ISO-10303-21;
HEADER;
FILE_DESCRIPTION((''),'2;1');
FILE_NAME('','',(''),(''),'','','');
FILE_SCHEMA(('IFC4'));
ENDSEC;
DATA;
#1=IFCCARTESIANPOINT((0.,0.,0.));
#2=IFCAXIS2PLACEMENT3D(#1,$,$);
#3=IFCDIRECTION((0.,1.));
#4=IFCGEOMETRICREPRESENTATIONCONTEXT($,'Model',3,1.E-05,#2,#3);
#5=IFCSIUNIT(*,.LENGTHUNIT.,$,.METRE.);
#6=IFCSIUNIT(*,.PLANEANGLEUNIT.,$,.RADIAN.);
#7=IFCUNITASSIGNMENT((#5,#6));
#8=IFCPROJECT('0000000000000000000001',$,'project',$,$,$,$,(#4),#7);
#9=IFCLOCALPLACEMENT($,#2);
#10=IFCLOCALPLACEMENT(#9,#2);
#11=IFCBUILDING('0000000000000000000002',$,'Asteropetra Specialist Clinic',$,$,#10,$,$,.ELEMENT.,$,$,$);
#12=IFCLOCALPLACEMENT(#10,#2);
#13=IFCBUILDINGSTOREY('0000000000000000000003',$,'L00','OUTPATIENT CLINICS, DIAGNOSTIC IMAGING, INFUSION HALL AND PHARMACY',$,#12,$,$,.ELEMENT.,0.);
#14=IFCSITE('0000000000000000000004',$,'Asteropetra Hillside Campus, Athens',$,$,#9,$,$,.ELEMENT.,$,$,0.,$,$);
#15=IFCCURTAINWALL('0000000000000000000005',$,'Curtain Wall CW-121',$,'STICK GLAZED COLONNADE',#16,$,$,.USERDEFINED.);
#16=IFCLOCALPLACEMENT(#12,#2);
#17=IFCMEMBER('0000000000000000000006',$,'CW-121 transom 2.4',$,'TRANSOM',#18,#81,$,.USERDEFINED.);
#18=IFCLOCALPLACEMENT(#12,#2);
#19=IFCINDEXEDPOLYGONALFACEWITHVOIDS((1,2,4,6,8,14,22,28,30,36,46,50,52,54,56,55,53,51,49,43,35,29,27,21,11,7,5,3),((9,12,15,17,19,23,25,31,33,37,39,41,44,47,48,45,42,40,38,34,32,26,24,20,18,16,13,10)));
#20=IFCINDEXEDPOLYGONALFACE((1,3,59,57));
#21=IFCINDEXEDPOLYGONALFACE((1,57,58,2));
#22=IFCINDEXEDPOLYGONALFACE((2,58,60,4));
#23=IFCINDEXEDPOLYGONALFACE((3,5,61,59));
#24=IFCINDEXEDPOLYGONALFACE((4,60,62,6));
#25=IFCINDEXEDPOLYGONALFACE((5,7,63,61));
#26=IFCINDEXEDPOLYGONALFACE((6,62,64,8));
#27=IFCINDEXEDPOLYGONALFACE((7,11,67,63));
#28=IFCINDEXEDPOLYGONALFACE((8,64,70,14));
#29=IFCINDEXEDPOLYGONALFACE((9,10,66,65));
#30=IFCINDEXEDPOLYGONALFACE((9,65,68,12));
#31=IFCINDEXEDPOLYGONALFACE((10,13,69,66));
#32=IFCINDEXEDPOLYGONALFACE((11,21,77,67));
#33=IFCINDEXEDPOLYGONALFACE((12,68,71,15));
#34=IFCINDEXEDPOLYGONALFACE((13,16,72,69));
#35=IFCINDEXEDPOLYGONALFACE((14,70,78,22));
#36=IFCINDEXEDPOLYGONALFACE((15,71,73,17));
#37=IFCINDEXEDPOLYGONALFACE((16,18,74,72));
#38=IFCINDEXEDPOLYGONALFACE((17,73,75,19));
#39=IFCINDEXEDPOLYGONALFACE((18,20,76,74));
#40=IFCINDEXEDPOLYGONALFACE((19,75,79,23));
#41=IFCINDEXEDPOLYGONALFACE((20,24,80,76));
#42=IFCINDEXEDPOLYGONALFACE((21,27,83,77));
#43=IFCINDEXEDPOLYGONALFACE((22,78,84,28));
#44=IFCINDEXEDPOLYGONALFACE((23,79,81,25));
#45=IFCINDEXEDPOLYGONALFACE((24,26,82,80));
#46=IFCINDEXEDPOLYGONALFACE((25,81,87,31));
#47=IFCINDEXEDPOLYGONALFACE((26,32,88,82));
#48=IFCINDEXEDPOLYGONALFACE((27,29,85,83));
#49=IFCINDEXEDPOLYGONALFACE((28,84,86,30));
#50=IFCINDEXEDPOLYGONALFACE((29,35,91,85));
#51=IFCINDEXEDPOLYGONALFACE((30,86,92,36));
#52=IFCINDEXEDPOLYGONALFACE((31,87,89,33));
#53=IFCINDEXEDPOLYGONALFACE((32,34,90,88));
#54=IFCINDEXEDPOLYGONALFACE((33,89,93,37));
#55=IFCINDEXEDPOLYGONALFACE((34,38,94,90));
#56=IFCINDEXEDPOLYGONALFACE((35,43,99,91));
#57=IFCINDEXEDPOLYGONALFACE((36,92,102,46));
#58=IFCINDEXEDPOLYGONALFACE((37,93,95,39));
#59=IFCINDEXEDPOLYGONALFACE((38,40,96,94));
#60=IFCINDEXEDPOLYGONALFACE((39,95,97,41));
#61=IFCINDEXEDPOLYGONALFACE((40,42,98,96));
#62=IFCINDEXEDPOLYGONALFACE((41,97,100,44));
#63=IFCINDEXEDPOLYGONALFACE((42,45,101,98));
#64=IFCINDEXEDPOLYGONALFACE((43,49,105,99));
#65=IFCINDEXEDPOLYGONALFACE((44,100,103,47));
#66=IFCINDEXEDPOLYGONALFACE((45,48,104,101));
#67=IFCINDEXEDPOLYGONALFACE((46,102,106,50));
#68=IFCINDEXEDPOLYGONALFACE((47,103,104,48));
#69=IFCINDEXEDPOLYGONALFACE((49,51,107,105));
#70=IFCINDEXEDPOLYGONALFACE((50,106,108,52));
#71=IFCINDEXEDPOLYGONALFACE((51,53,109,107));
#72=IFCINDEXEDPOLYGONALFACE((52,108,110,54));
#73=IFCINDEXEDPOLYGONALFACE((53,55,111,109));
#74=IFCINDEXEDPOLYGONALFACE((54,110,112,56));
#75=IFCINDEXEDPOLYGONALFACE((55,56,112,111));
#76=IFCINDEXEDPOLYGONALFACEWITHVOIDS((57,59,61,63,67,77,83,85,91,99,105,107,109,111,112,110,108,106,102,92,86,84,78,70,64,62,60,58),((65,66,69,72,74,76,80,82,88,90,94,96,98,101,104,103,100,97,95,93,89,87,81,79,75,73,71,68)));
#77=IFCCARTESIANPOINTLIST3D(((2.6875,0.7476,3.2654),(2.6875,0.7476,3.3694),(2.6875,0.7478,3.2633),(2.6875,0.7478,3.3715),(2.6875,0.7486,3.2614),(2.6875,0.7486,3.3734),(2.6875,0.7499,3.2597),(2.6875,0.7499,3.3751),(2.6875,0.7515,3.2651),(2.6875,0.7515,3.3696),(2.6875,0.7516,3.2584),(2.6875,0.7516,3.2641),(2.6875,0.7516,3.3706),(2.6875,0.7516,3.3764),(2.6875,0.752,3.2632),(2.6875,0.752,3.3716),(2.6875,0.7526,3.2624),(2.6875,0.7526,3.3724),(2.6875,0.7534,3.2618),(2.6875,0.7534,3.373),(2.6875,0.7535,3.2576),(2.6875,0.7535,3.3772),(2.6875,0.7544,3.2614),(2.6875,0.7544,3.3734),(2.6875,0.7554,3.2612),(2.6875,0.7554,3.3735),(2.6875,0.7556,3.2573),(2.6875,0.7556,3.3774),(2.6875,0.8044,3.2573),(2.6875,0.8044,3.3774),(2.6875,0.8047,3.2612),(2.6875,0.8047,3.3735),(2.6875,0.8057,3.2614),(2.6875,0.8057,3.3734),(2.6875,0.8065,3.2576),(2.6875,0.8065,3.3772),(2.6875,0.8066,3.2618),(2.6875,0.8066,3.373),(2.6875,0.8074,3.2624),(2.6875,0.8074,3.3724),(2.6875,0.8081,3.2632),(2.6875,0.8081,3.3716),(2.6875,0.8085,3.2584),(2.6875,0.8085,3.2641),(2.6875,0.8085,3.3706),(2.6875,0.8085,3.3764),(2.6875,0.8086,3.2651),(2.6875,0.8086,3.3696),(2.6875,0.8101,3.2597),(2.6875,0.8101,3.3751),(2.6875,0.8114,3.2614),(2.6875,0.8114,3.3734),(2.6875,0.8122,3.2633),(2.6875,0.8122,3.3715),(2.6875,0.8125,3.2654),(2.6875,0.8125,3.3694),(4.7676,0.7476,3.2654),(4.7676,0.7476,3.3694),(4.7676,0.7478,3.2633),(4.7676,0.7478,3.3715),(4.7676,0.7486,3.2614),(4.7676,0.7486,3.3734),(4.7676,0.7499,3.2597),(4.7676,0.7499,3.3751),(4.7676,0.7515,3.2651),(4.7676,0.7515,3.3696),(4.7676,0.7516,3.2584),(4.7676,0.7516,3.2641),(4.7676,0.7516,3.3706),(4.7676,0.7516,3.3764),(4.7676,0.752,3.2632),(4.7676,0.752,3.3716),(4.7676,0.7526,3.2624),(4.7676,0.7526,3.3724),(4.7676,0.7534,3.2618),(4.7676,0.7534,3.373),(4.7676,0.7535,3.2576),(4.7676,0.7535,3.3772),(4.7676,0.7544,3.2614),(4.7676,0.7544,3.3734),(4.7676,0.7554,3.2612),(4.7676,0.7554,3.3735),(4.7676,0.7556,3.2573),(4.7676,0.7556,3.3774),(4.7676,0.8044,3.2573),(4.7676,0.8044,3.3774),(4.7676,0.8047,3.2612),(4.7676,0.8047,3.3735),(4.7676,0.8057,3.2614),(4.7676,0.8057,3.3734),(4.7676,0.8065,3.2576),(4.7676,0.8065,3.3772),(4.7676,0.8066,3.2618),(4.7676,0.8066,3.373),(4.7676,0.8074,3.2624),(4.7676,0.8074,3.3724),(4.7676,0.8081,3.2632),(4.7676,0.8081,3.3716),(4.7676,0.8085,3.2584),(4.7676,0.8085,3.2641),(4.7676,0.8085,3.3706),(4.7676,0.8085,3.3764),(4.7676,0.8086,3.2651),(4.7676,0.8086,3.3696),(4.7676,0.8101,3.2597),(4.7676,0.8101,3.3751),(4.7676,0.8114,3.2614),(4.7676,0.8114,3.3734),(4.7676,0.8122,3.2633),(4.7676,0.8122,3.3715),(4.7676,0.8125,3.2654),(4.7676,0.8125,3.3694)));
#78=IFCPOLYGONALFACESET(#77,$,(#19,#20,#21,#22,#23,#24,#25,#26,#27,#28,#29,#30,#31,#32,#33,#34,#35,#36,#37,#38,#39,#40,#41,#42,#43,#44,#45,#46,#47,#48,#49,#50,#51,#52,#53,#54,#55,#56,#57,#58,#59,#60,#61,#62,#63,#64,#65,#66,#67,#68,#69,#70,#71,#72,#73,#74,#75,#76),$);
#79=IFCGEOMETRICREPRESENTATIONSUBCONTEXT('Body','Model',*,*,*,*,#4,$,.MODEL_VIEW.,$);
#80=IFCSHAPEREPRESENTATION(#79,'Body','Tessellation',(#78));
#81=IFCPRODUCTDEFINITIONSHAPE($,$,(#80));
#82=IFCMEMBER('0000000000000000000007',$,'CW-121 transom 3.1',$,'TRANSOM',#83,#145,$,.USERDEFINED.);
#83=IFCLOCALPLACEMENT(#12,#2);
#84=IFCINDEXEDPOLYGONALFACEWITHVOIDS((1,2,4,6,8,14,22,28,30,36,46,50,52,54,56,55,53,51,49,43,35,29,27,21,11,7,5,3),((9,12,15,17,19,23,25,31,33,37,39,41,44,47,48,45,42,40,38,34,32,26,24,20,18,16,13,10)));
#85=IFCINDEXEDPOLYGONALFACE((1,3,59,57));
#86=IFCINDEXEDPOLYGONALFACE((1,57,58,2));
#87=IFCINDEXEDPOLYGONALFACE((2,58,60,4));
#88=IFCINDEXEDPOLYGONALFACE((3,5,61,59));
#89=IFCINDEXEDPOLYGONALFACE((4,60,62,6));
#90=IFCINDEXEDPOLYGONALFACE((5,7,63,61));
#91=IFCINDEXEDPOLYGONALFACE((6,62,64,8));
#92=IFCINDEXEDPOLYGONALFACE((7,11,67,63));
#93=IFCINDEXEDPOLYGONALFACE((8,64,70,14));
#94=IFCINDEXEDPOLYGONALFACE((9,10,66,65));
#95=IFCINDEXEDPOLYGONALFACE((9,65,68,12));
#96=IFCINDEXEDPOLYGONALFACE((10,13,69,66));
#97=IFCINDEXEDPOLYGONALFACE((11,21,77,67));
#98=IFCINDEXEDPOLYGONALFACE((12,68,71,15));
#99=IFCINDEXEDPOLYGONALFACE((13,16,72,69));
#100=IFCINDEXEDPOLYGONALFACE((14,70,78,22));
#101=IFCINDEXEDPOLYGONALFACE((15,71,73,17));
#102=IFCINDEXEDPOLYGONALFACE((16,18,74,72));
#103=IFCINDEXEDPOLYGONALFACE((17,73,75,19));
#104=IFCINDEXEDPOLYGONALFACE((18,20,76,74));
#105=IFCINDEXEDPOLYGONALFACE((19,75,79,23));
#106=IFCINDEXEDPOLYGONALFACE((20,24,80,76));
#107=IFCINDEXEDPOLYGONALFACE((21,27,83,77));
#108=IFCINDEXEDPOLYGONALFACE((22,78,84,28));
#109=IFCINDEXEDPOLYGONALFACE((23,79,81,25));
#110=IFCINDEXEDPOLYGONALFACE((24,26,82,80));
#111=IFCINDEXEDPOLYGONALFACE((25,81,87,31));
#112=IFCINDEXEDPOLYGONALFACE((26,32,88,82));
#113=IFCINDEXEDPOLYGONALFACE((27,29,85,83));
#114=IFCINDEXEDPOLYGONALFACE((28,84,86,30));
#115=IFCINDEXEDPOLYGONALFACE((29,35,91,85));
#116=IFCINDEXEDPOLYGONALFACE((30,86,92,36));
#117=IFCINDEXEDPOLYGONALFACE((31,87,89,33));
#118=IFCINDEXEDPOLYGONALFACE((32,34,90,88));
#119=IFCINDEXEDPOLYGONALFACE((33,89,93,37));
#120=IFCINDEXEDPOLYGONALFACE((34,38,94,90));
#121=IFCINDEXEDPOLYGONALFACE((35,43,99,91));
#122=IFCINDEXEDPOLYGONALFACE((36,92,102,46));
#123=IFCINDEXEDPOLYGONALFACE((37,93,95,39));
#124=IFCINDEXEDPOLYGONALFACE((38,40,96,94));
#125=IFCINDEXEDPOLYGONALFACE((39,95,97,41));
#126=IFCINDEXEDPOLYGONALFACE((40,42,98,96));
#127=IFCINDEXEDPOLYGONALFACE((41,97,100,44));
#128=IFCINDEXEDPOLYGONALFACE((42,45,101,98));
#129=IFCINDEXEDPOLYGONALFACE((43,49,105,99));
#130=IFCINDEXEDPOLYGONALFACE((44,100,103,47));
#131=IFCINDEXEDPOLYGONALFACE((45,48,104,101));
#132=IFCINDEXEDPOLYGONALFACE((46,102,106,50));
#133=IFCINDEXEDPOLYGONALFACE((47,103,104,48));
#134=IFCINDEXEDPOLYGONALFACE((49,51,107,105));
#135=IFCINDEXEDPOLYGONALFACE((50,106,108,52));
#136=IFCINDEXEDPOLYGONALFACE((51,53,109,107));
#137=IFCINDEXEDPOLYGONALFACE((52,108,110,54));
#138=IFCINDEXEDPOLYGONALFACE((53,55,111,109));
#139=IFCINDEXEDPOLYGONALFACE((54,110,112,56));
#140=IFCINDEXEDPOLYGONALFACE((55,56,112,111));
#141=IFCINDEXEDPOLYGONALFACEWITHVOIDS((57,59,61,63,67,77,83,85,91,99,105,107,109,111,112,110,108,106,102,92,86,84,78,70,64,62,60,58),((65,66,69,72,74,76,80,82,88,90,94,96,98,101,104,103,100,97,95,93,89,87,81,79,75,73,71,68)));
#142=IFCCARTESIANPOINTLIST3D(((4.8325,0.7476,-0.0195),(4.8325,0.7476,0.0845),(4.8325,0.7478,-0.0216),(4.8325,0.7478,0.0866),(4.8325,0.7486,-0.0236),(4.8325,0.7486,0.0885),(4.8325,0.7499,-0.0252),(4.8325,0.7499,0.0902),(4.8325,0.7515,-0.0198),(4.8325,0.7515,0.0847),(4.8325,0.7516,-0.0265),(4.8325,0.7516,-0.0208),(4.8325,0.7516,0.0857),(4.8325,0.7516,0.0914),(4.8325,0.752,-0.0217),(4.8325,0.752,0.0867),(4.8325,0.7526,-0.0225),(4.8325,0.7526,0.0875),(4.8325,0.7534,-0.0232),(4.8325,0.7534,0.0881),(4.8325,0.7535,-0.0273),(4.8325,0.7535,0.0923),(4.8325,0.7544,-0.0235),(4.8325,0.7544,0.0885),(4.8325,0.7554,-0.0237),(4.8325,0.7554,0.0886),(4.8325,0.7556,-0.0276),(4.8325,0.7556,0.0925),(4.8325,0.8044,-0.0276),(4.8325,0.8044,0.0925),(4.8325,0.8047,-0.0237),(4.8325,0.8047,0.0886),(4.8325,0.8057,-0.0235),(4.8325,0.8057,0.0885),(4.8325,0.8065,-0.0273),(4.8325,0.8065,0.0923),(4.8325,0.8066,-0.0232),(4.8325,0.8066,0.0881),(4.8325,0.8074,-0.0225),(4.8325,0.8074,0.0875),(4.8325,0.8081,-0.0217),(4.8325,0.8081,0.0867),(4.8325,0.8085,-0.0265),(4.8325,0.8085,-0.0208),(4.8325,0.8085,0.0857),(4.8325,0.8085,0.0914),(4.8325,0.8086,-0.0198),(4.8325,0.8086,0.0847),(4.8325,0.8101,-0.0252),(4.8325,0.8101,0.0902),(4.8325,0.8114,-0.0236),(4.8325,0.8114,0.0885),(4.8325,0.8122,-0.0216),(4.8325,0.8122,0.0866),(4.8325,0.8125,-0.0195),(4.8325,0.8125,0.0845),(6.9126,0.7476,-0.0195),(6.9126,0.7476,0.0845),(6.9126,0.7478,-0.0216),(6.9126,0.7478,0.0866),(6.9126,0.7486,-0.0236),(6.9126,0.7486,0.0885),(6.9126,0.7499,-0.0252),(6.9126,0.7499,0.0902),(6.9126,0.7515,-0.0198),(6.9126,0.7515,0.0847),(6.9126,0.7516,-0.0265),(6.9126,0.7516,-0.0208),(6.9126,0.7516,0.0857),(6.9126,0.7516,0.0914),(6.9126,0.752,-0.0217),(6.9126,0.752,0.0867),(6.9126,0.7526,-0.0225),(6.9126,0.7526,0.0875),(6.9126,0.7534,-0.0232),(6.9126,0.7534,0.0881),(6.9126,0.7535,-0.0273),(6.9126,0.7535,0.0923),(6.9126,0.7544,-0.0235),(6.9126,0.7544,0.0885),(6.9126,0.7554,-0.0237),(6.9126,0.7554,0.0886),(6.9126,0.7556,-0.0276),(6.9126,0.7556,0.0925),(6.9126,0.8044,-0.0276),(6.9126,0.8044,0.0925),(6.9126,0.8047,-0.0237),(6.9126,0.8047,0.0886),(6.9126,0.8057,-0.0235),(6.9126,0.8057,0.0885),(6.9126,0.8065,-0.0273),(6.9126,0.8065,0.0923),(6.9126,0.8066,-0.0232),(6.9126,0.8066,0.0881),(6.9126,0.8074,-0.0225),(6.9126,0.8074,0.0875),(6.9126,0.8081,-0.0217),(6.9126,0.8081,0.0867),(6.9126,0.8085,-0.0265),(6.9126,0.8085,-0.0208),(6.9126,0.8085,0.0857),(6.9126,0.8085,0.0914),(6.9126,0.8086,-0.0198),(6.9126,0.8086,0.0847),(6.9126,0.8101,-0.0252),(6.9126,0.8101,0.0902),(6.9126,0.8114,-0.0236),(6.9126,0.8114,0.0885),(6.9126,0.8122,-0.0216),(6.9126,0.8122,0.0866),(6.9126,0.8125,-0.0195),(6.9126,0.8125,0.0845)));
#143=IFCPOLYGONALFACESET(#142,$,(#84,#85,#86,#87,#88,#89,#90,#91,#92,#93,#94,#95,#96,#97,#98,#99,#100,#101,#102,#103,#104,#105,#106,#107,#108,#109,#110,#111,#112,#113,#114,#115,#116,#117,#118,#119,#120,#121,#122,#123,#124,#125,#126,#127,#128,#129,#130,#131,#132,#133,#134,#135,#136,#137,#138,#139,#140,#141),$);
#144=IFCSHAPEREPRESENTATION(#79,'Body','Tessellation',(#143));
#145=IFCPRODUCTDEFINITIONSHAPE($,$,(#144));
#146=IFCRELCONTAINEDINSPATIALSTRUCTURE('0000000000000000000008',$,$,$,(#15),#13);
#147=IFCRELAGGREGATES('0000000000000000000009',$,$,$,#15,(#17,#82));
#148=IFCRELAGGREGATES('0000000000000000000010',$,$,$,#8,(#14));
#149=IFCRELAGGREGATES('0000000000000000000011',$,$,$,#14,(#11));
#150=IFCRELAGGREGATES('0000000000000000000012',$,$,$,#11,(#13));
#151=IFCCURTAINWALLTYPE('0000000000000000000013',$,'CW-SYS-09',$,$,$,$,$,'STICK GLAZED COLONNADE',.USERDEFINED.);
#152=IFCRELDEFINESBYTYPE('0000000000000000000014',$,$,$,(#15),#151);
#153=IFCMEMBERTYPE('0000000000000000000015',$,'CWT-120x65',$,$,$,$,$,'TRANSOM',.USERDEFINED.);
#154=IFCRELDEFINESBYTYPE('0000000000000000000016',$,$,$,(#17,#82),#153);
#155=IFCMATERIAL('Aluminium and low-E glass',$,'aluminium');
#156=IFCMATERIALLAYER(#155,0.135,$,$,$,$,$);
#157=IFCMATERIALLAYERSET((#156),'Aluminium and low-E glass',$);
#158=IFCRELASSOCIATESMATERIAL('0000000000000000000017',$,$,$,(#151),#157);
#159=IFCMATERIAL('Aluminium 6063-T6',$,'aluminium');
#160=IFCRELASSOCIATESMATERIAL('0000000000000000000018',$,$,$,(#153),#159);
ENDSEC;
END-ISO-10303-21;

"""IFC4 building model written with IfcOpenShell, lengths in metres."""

from ifc_helpers import new_model, si_unit, direction, frame, origin, origin_2d, place, context, subcontext, project, spatial, hollow_rectangle, extrude, material, layer, layer_set, material_profile, profile_set, type_object, element, aggregate, save


model = new_model("IFC4")

# Units and contexts
model_context = context("Model", 3, precision=1e-05, world=origin(), true_north=direction((0.0, 1.0)))
body_context = subcontext(model_context, "Body", "Model", "MODEL_VIEW")
ifc_project = project(units=[si_unit("LENGTHUNIT", "METRE"), si_unit("PLANEANGLEUNIT", "RADIAN")], contexts=[model_context])

# Site, building, storey
site_placement = place(None, origin())
site = spatial("IfcSite", under=ifc_project, at=site_placement, Name="Asteropetra Hillside Campus, Athens", CompositionType="ELEMENT", RefElevation=0.0)
building_placement = place(site_placement, origin())
building = spatial("IfcBuilding", under=site, at=building_placement, Name="Asteropetra Specialist Clinic", CompositionType="ELEMENT")
storey_placement = place(building_placement, origin())
storey = spatial("IfcBuildingStorey", under=building, at=storey_placement, Name="L00", Description="OUTPATIENT CLINICS, DIAGNOSTIC IMAGING, INFUSION HALL AND PHARMACY", CompositionType="ELEMENT", Elevation=0.0)

# Curtain wall
ifc_material_1 = material(Name="Aluminium and low-E glass", Category="aluminium")
ifc_layer_1 = layer(ifc_material_1, 0.135)
ifc_layer_set_1 = layer_set([ifc_layer_1], Name="Aluminium and low-E glass")
curtain_wall_type_1 = type_object("IfcCurtainWallType", Name="CW-SYS-09", ElementType="STICK GLAZED COLONNADE", PredefinedType="USERDEFINED", material=ifc_layer_set_1)
curtain_wall_1_placement = place(storey_placement, origin())
curtain_wall_1 = element("IfcCurtainWall", 1, at=curtain_wall_1_placement, inside=storey, type_object=curtain_wall_type_1, Name="Curtain Wall CW-121", ObjectType="STICK GLAZED COLONNADE", PredefinedType="USERDEFINED")

# Members
ifc_material_2 = material(Name="Aluminium 6063-T6", Category="aluminium")
ifc_material_profile_1 = material_profile(ifc_material_2, hollow_rectangle(XDim=0.0649, YDim=0.1201, WallThickness=0.0039, InnerFilletRadius=0.0039, OuterFilletRadius=0.0081, at=origin_2d()), Name="TRN 120x65x4.0")
ifc_profile_set_1 = profile_set([ifc_material_profile_1], Name="Aluminium 6063-T6")
member_type_1 = type_object("IfcMemberType", Name="CWT-120x65", ElementType="TRANSOM", PredefinedType="USERDEFINED", material=ifc_profile_set_1)
member_1_placement = place(storey_placement, frame((2.6875, 0.78, 3.3174), z_axis=(1.0, 0.0, 0.0), x_axis=(0.0, 1.0, 0.0)))
member_1 = element("IfcMember", 2, at=member_1_placement, type_object=member_type_1, Name="CW-121 transom 2.4", ObjectType="TRANSOM", PredefinedType="USERDEFINED", context=body_context, shape_type="SweptSolid", body=[
    extrude(hollow_rectangle(XDim=0.0649, YDim=0.1201, WallThickness=0.0039, InnerFilletRadius=0.0039, OuterFilletRadius=0.0081, at=origin_2d()), origin(), (0.0, 0.0, 1.0), 2.0801),
])
member_2_placement = place(storey_placement, frame((4.8325, 0.78, 0.0325), z_axis=(1.0, 0.0, 0.0), x_axis=(0.0, 1.0, 0.0)))
member_2 = element("IfcMember", 3, at=member_2_placement, type_object=member_type_1, Name="CW-121 transom 3.1", ObjectType="TRANSOM", PredefinedType="USERDEFINED", context=body_context, shape_type="SweptSolid", body=[
    extrude(hollow_rectangle(XDim=0.0649, YDim=0.1201, WallThickness=0.0039, InnerFilletRadius=0.0039, OuterFilletRadius=0.0081, at=origin_2d()), origin(), (0.0, 0.0, 1.0), 2.0801),
])

aggregate(curtain_wall_1, [member_1, member_2])

save(model, "model.ifc")
